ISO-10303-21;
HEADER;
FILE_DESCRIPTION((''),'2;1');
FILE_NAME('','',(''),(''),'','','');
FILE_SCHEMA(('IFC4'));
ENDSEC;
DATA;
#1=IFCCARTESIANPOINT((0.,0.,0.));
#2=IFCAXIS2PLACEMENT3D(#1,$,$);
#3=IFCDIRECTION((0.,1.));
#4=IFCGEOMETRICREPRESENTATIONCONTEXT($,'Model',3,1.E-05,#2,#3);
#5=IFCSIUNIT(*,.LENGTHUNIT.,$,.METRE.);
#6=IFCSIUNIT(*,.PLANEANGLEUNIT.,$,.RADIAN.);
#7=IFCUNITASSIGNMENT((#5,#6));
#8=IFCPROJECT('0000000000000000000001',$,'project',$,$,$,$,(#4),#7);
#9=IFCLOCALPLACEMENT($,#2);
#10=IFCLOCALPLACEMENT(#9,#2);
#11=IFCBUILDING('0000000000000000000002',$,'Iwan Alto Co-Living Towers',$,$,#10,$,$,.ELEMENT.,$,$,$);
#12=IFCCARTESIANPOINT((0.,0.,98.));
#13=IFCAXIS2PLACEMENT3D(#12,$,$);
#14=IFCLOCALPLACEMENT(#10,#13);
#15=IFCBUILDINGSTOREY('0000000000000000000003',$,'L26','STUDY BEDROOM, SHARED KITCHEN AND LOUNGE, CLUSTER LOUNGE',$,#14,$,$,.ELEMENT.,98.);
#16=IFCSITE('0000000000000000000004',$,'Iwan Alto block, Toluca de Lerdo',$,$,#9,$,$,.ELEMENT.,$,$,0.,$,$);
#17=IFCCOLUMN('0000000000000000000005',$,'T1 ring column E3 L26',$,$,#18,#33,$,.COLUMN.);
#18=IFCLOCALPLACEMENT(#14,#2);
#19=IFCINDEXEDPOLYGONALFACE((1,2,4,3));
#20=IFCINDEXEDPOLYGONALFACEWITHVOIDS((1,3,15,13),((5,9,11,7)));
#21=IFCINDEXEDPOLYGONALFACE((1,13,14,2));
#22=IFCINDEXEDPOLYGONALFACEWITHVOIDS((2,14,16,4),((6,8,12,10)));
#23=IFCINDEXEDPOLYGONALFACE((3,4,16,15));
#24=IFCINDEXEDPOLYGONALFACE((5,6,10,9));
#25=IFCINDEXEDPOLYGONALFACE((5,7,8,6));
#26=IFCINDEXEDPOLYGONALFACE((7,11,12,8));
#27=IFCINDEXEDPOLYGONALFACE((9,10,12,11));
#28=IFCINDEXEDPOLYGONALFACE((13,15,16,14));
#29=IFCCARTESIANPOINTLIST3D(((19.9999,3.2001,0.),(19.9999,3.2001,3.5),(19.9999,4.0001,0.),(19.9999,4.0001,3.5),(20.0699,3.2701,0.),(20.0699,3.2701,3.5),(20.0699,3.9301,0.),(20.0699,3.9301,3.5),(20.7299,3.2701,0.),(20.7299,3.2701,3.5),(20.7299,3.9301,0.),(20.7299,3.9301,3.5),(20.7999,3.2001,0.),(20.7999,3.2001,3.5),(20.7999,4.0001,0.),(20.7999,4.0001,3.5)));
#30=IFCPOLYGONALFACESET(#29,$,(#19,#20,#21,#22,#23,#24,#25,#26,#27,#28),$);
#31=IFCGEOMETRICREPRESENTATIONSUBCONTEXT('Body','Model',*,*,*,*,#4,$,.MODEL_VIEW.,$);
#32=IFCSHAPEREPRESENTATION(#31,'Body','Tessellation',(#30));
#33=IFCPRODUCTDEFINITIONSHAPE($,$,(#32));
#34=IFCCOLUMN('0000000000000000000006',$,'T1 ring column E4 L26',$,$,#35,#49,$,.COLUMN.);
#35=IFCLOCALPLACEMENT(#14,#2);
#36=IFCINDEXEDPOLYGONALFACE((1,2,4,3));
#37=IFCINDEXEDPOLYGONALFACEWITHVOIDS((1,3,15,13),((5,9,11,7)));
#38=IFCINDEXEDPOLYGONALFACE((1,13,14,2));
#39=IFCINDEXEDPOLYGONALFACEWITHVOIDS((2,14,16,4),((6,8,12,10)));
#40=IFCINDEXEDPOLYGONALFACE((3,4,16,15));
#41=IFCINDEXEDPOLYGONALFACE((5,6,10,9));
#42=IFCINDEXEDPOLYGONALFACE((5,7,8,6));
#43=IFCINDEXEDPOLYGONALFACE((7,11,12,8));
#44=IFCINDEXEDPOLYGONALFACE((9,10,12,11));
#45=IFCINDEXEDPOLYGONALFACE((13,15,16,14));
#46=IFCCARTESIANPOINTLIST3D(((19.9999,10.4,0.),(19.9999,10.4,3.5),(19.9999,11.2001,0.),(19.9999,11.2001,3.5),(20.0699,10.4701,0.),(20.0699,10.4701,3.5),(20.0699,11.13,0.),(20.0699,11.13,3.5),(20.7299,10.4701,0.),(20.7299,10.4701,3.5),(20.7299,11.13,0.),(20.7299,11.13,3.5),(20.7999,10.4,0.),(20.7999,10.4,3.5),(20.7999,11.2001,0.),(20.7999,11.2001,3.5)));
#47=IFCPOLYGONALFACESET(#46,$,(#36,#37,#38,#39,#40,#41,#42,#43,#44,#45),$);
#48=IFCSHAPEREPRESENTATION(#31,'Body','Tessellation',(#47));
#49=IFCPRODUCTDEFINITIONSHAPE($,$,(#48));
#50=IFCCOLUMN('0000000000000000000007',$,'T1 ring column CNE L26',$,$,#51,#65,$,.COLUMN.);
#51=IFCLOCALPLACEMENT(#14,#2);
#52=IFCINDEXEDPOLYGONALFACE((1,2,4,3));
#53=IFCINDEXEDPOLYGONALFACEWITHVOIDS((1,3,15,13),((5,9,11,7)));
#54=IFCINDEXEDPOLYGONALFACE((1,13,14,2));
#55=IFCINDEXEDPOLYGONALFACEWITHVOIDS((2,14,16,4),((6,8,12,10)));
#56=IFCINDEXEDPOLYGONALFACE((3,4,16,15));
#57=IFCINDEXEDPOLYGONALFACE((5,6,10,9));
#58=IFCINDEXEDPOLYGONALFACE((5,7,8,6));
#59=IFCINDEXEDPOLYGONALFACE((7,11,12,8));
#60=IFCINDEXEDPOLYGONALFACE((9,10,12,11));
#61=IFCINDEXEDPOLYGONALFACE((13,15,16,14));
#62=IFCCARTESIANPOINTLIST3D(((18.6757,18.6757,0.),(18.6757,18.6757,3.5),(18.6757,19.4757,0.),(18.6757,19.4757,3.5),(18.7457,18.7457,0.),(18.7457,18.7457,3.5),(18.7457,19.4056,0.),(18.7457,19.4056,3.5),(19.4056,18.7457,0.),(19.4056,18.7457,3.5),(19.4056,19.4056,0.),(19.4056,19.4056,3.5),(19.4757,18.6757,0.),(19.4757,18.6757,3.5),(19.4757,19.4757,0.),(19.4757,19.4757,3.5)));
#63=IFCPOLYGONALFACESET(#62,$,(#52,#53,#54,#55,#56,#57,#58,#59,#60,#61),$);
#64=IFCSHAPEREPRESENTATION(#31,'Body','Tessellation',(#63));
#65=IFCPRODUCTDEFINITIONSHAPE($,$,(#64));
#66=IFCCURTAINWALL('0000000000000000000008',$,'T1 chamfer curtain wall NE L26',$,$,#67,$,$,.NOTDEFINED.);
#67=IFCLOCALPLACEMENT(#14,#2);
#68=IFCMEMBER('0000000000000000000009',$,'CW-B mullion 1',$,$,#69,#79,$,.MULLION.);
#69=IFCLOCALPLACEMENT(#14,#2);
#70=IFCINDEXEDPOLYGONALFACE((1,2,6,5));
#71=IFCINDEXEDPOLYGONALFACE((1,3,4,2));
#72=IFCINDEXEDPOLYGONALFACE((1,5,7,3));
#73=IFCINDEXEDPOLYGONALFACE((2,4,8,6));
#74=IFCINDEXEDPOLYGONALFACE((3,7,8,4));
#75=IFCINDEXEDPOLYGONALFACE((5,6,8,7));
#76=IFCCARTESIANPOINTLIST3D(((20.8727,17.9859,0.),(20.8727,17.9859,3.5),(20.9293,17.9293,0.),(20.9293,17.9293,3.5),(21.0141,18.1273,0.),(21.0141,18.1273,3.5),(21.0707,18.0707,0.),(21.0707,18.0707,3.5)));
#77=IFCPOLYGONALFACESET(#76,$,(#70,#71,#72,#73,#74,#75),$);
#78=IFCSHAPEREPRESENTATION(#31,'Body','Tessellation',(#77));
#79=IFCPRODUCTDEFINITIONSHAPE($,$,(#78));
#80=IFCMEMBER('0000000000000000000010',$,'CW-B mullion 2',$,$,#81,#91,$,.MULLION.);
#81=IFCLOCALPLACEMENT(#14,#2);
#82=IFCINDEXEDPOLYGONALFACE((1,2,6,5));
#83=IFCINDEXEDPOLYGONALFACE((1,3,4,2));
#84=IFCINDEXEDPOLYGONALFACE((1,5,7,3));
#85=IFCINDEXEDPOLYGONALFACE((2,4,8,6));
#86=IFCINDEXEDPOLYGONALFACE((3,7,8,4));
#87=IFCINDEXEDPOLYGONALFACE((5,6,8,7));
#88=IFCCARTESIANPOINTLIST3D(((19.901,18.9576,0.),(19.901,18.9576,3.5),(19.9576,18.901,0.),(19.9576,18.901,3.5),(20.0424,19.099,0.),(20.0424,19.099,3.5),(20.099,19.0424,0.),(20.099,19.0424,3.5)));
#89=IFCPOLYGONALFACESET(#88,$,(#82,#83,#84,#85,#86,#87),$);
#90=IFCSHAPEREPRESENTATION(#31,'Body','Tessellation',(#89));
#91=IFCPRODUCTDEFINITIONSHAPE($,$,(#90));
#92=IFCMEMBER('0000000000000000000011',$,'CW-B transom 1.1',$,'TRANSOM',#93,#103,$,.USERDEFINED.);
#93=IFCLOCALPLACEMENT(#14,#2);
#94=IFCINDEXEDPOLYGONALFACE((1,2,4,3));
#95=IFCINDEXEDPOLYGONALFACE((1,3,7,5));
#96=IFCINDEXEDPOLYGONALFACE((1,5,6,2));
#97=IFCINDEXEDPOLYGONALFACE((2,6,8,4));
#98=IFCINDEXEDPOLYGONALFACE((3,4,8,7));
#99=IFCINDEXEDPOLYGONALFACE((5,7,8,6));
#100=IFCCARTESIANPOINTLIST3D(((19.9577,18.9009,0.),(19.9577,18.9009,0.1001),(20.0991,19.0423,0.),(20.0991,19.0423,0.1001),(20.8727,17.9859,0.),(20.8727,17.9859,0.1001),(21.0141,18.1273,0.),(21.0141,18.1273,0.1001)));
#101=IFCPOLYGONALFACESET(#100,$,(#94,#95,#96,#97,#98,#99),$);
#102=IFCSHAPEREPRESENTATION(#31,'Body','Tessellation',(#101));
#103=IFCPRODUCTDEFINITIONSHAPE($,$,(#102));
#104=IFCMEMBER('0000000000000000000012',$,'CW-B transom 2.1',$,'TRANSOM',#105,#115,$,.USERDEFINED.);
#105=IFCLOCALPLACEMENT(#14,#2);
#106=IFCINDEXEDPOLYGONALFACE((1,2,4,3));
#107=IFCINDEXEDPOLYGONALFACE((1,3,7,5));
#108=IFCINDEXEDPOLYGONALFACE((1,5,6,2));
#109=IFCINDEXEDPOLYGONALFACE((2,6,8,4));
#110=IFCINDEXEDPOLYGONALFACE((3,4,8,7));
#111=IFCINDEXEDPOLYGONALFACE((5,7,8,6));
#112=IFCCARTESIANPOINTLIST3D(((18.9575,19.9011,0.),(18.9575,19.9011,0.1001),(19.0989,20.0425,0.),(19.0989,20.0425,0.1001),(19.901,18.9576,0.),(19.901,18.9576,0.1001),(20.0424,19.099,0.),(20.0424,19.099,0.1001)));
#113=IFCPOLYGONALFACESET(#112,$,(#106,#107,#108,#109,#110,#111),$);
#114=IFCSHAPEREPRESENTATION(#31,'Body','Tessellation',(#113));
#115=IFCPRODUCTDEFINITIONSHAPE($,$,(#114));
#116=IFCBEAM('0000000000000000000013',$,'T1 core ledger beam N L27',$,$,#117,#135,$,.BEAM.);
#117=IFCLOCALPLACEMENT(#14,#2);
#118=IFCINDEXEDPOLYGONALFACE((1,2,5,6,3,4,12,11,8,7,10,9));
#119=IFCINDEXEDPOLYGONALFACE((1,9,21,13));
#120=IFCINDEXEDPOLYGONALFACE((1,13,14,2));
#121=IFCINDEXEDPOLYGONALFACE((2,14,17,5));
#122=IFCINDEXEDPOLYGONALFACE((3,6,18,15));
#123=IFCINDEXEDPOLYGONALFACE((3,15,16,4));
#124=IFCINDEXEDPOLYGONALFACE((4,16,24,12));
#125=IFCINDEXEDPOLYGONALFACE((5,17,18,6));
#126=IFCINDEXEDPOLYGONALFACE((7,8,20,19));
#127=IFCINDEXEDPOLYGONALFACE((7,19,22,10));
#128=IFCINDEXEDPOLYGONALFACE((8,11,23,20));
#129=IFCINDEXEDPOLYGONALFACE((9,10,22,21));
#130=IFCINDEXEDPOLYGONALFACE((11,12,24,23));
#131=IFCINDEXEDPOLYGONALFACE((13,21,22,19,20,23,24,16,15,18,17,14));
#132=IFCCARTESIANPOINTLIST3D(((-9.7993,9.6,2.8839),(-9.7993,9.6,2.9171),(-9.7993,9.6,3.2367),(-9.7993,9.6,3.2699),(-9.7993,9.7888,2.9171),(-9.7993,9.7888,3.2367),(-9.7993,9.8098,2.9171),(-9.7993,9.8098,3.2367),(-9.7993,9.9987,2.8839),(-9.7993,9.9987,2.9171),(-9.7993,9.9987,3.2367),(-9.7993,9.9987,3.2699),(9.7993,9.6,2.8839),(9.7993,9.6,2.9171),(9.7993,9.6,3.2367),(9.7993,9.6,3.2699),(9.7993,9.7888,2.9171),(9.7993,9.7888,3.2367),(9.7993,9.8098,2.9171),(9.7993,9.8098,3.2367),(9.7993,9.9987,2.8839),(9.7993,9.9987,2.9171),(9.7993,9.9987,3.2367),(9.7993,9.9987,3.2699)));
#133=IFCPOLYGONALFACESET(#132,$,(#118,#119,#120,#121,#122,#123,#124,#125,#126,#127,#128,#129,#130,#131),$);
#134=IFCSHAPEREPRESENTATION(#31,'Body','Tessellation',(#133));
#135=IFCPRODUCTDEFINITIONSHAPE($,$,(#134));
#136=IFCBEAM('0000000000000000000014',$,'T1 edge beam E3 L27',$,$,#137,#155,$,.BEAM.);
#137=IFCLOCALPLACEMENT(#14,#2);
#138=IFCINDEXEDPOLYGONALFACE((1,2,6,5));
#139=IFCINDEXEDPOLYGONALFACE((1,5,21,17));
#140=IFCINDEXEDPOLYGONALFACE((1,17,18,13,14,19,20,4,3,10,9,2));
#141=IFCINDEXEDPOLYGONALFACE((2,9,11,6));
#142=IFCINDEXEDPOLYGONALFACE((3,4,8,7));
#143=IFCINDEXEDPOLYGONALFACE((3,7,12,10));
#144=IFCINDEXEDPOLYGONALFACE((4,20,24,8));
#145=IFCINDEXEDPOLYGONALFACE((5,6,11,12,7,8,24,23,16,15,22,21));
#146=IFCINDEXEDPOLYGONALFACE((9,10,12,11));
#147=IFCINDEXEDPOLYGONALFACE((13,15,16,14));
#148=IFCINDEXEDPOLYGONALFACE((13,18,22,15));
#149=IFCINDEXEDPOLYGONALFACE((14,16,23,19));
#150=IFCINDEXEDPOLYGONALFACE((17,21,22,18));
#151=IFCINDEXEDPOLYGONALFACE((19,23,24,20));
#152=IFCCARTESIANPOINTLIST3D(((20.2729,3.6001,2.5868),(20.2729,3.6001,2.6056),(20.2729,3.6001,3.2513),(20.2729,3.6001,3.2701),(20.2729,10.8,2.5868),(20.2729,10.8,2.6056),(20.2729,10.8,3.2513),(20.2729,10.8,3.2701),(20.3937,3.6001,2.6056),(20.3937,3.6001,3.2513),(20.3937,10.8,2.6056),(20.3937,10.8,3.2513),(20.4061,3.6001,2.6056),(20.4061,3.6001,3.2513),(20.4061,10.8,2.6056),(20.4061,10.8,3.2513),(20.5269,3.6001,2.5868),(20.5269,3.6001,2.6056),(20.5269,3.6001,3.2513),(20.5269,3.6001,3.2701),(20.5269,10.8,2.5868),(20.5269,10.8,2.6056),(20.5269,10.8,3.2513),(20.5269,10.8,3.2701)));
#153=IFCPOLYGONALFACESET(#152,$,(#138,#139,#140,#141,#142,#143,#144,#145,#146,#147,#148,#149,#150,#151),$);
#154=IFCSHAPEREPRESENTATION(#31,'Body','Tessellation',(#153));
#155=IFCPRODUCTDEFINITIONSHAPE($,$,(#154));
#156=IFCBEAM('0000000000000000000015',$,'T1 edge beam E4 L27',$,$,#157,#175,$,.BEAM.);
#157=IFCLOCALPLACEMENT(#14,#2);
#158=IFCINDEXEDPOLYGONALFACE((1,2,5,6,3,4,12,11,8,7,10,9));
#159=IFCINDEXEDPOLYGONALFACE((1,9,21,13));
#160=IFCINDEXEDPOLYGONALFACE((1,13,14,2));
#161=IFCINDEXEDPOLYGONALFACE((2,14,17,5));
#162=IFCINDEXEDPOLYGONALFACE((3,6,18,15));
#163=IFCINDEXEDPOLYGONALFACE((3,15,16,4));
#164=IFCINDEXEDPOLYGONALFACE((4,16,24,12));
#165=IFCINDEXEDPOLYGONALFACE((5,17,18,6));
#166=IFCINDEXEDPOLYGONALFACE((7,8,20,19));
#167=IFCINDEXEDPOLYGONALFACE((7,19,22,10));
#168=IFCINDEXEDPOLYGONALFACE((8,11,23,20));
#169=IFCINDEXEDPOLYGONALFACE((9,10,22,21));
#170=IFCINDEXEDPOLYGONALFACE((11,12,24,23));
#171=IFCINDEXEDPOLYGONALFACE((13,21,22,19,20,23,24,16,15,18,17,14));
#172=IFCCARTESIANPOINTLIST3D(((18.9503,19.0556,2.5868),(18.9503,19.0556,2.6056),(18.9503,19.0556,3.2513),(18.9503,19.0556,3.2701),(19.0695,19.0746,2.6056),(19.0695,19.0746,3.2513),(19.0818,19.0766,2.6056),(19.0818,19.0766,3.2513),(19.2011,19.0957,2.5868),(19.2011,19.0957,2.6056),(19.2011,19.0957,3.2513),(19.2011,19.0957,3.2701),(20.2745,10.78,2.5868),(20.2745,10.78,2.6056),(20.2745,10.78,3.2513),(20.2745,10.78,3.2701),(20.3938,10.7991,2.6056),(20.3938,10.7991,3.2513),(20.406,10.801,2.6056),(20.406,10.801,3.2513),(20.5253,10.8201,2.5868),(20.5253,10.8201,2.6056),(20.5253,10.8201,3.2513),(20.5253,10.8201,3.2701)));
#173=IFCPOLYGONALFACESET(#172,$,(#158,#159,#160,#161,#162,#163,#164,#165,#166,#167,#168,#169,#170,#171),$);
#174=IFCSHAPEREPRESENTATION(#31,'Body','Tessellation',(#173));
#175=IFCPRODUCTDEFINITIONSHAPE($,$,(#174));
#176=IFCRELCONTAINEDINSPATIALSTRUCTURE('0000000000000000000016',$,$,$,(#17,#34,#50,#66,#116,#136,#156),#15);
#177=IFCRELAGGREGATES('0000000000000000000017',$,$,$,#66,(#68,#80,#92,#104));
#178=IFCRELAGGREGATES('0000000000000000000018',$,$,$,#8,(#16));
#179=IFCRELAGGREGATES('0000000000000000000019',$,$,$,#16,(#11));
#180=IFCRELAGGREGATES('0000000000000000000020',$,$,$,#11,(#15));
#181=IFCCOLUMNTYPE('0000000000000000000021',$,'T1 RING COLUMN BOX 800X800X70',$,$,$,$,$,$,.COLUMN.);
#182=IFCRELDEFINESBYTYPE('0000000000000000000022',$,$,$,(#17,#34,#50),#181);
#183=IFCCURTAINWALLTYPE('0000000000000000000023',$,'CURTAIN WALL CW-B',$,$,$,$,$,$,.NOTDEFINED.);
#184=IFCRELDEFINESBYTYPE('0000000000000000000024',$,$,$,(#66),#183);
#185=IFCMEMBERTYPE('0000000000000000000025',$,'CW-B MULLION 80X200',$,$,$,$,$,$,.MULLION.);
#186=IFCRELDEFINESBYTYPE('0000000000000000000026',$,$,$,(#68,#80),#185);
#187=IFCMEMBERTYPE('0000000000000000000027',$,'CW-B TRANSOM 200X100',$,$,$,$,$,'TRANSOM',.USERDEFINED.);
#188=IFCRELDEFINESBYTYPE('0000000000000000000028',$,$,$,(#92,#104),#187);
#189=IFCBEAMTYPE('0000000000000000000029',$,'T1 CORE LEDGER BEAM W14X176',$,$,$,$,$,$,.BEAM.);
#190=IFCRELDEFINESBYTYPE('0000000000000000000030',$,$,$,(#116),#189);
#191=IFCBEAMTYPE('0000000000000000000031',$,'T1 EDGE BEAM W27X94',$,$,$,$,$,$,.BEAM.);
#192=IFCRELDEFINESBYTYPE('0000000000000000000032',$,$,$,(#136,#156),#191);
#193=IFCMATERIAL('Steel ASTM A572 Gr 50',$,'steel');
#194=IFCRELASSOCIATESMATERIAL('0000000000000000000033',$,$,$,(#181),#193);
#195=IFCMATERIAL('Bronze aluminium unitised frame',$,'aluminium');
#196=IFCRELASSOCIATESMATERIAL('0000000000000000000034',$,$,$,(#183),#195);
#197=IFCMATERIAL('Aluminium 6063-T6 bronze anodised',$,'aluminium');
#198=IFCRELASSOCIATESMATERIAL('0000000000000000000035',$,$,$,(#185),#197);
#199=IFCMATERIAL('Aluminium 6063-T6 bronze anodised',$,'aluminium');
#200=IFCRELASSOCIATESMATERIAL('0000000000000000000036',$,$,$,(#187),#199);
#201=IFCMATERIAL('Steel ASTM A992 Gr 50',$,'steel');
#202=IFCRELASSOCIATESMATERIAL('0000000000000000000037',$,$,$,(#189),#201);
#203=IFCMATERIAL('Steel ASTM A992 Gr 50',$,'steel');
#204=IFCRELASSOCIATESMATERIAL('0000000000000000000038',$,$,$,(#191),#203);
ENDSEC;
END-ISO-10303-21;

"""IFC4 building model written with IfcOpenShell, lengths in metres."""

from ifc_helpers import new_model, si_unit, direction, frame, origin, origin_2d, place, context, subcontext, project, spatial, rectangle, hollow_rectangle, i_section, extrude, material, material_profile, profile_set, type_object, element, aggregate, save


model = new_model("IFC4")

# Units and contexts
model_context = context("Model", 3, precision=1e-05, world=origin(), true_north=direction((0.0, 1.0)))
body_context = subcontext(model_context, "Body", "Model", "MODEL_VIEW")
ifc_project = project(units=[si_unit("LENGTHUNIT", "METRE"), si_unit("PLANEANGLEUNIT", "RADIAN")], contexts=[model_context])

# Site, building, storey
site_placement = place(None, origin())
site = spatial("IfcSite", under=ifc_project, at=site_placement, Name="Iwan Alto block, Toluca de Lerdo", CompositionType="ELEMENT", RefElevation=0.0)
building_placement = place(site_placement, origin())
building = spatial("IfcBuilding", under=site, at=building_placement, Name="Iwan Alto Co-Living Towers", CompositionType="ELEMENT")
storey_placement = place(building_placement, frame((0.0, 0.0, 98.0)))
storey = spatial("IfcBuildingStorey", under=building, at=storey_placement, Name="L26", Description="STUDY BEDROOM, SHARED KITCHEN AND LOUNGE, CLUSTER LOUNGE", CompositionType="ELEMENT", Elevation=98.0)

# Columns
ifc_material_1 = material(Name="Steel ASTM A572 Gr 50", Category="steel")
ifc_material_profile_1 = material_profile(ifc_material_1, hollow_rectangle(XDim=0.8, YDim=0.8, WallThickness=0.0701, at=origin_2d()), Name="BOX 800X800X70")
ifc_profile_set_1 = profile_set([ifc_material_profile_1], Name="Steel ASTM A572 Gr 50")
column_type = type_object("IfcColumnType", Name="T1 RING COLUMN BOX 800X800X70", PredefinedType="COLUMN", material=ifc_profile_set_1)
for number, where, z_axis, x_axis, name in (
    (1, (20.3999, 3.6001, 0.0), (0.0, 0.0, 1.0), (1.0, 0.0, 0.0), "T1 ring column E3 L26"),
    (2, (20.3999, 10.8, 0.0), (0.0, 0.0, 1.0), (1.0, 0.0, 0.0), "T1 ring column E4 L26"),
    (3, (19.0757, 19.0757, 0.0), (0.0, 0.0, 1.0), (1.0, 0.0, 0.0), "T1 ring column CNE L26"),
):
    element("IfcColumn", number, at=place(storey_placement, frame(where, z_axis=z_axis, x_axis=x_axis)), inside=storey, type_object=column_type, Name=name, PredefinedType="COLUMN", context=body_context, shape_type="SweptSolid", body=[
        extrude(hollow_rectangle(XDim=0.8, YDim=0.8, WallThickness=0.0701, at=origin_2d()), origin(), (0.0, 0.0, 1.0), 3.5),
    ])

# Curtain wall, members
ifc_material_2 = material(Name="Bronze aluminium unitised frame", Category="aluminium")
curtain_wall_type = type_object("IfcCurtainWallType", Name="CURTAIN WALL CW-B", PredefinedType="NOTDEFINED", material=ifc_material_2)
curtain_wall_placement = place(storey_placement, origin())
curtain_wall = element("IfcCurtainWall", 4, at=curtain_wall_placement, inside=storey, type_object=curtain_wall_type, Name="T1 chamfer curtain wall NE L26", PredefinedType="NOTDEFINED")
ifc_material_3 = material(Name="Aluminium 6063-T6 bronze anodised", Category="aluminium")
ifc_material_profile_2 = material_profile(ifc_material_3, rectangle(XDim=0.2, YDim=0.0801, at=origin_2d()), Name="AL 80X200")
ifc_profile_set_2 = profile_set([ifc_material_profile_2], Name="Aluminium 6063-T6 bronze anodised")
member_type_1 = type_object("IfcMemberType", Name="CW-B MULLION 80X200", PredefinedType="MULLION", material=ifc_profile_set_2)
member_1_placement = place(storey_placement, frame((20.9717, 18.0283, 0.0), z_axis=(0.0, 0.0, 1.0), x_axis=(-0.707107, -0.707107, 0.0)))
member_1 = element("IfcMember", 5, at=member_1_placement, type_object=member_type_1, Name="CW-B mullion 1", PredefinedType="MULLION", context=body_context, shape_type="SweptSolid", body=[
    extrude(rectangle(XDim=0.2, YDim=0.0801, at=origin_2d()), origin(), (0.0, 0.0, 1.0), 3.5),
])
member_2_placement = place(storey_placement, frame((20.0, 19.0, 0.0), z_axis=(0.0, 0.0, 1.0), x_axis=(-0.707107, -0.707107, 0.0)))
member_2 = element("IfcMember", 6, at=member_2_placement, type_object=member_type_1, Name="CW-B mullion 2", PredefinedType="MULLION", context=body_context, shape_type="SweptSolid", body=[
    extrude(rectangle(XDim=0.2, YDim=0.0801, at=origin_2d()), origin(), (0.0, 0.0, 1.0), 3.5),
])
ifc_material_4 = material(Name="Aluminium 6063-T6 bronze anodised", Category="aluminium")
ifc_material_profile_3 = material_profile(ifc_material_4, rectangle(XDim=0.2, YDim=0.1001, at=origin_2d()), Name="AL 200X100")
ifc_profile_set_3 = profile_set([ifc_material_profile_3], Name="Aluminium 6063-T6 bronze anodised")
member_type_2 = type_object("IfcMemberType", Name="CW-B TRANSOM 200X100", ElementType="TRANSOM", PredefinedType="USERDEFINED", material=ifc_profile_set_3)
member_3_placement = place(storey_placement, frame((20.9434, 18.0566, 0.05), z_axis=(-0.707107, 0.707107, 0.0), x_axis=(-0.707107, -0.707107, 0.0)))
member_3 = element("IfcMember", 7, at=member_3_placement, type_object=member_type_2, Name="CW-B transom 1.1", ObjectType="TRANSOM", PredefinedType="USERDEFINED", context=body_context, shape_type="SweptSolid", body=[
    extrude(rectangle(XDim=0.2, YDim=0.1001, at=origin_2d()), origin(), (0.0, 0.0, 1.0), 1.2939),
])
member_4_placement = place(storey_placement, frame((19.9717, 19.0283, 0.05), z_axis=(-0.707107, 0.707107, 0.0), x_axis=(-0.707107, -0.707107, 0.0)))
member_4 = element("IfcMember", 8, at=member_4_placement, type_object=member_type_2, Name="CW-B transom 2.1", ObjectType="TRANSOM", PredefinedType="USERDEFINED", context=body_context, shape_type="SweptSolid", body=[
    extrude(rectangle(XDim=0.2, YDim=0.1001, at=origin_2d()), origin(), (0.0, 0.0, 1.0), 1.3342),
])

# Beams
ifc_material_5 = material(Name="Steel ASTM A992 Gr 50", Category="steel")
ifc_material_profile_4 = material_profile(ifc_material_5, i_section(OverallWidth=0.3987, OverallDepth=0.386, WebThickness=0.021, FlangeThickness=0.0332, at=origin_2d()), Name="W14X176")
ifc_profile_set_4 = profile_set([ifc_material_profile_4], Name="Steel ASTM A992 Gr 50")
beam_type_1 = type_object("IfcBeamType", Name="T1 CORE LEDGER BEAM W14X176", PredefinedType="BEAM", material=ifc_profile_set_4)
beam_1_placement = place(storey_placement, frame((9.7993, 9.7993, 3.0769), z_axis=(-1.0, 0.0, 0.0), x_axis=(0.0, -1.0, 0.0)))
element("IfcBeam", 9, at=beam_1_placement, inside=storey, type_object=beam_type_1, Name="T1 core ledger beam N L27", PredefinedType="BEAM", context=body_context, shape_type="SweptSolid", body=[
    extrude(i_section(OverallWidth=0.3987, OverallDepth=0.386, WebThickness=0.021, FlangeThickness=0.0332, at=origin_2d()), origin(), (0.0, 0.0, 1.0), 19.5986),
])
ifc_material_6 = material(Name="Steel ASTM A992 Gr 50", Category="steel")
ifc_material_profile_5 = material_profile(ifc_material_6, i_section(OverallWidth=0.2539, OverallDepth=0.6833, WebThickness=0.0125, FlangeThickness=0.0188, at=origin_2d()), Name="W27X94")
ifc_profile_set_5 = profile_set([ifc_material_profile_5], Name="Steel ASTM A992 Gr 50")
beam_type_2 = type_object("IfcBeamType", Name="T1 EDGE BEAM W27X94", PredefinedType="BEAM", material=ifc_profile_set_5)
beam_2_placement = place(storey_placement, frame((20.3999, 3.6001, 2.9285), z_axis=(0.0, 1.0, 0.0), x_axis=(-1.0, 0.0, 0.0)))
element("IfcBeam", 10, at=beam_2_placement, inside=storey, type_object=beam_type_2, Name="T1 edge beam E3 L27", PredefinedType="BEAM", context=body_context, shape_type="SweptSolid", body=[
    extrude(i_section(OverallWidth=0.2539, OverallDepth=0.6833, WebThickness=0.0125, FlangeThickness=0.0188, at=origin_2d()), origin(), (0.0, 0.0, 1.0), 7.2),
])
beam_3_placement = place(storey_placement, frame((20.3999, 10.8, 2.9285), z_axis=(-0.158004, 0.987438, 0.0), x_axis=(-0.987438, -0.158004, 0.0)))
element("IfcBeam", 11, at=beam_3_placement, inside=storey, type_object=beam_type_2, Name="T1 edge beam E4 L27", PredefinedType="BEAM", context=body_context, shape_type="SweptSolid", body=[
    extrude(i_section(OverallWidth=0.2539, OverallDepth=0.6833, WebThickness=0.0125, FlangeThickness=0.0188, at=origin_2d()), origin(), (0.0, 0.0, 1.0), 8.3809),
])

aggregate(curtain_wall, [member_1, member_2, member_3, member_4])

save(model, "model.ifc")
